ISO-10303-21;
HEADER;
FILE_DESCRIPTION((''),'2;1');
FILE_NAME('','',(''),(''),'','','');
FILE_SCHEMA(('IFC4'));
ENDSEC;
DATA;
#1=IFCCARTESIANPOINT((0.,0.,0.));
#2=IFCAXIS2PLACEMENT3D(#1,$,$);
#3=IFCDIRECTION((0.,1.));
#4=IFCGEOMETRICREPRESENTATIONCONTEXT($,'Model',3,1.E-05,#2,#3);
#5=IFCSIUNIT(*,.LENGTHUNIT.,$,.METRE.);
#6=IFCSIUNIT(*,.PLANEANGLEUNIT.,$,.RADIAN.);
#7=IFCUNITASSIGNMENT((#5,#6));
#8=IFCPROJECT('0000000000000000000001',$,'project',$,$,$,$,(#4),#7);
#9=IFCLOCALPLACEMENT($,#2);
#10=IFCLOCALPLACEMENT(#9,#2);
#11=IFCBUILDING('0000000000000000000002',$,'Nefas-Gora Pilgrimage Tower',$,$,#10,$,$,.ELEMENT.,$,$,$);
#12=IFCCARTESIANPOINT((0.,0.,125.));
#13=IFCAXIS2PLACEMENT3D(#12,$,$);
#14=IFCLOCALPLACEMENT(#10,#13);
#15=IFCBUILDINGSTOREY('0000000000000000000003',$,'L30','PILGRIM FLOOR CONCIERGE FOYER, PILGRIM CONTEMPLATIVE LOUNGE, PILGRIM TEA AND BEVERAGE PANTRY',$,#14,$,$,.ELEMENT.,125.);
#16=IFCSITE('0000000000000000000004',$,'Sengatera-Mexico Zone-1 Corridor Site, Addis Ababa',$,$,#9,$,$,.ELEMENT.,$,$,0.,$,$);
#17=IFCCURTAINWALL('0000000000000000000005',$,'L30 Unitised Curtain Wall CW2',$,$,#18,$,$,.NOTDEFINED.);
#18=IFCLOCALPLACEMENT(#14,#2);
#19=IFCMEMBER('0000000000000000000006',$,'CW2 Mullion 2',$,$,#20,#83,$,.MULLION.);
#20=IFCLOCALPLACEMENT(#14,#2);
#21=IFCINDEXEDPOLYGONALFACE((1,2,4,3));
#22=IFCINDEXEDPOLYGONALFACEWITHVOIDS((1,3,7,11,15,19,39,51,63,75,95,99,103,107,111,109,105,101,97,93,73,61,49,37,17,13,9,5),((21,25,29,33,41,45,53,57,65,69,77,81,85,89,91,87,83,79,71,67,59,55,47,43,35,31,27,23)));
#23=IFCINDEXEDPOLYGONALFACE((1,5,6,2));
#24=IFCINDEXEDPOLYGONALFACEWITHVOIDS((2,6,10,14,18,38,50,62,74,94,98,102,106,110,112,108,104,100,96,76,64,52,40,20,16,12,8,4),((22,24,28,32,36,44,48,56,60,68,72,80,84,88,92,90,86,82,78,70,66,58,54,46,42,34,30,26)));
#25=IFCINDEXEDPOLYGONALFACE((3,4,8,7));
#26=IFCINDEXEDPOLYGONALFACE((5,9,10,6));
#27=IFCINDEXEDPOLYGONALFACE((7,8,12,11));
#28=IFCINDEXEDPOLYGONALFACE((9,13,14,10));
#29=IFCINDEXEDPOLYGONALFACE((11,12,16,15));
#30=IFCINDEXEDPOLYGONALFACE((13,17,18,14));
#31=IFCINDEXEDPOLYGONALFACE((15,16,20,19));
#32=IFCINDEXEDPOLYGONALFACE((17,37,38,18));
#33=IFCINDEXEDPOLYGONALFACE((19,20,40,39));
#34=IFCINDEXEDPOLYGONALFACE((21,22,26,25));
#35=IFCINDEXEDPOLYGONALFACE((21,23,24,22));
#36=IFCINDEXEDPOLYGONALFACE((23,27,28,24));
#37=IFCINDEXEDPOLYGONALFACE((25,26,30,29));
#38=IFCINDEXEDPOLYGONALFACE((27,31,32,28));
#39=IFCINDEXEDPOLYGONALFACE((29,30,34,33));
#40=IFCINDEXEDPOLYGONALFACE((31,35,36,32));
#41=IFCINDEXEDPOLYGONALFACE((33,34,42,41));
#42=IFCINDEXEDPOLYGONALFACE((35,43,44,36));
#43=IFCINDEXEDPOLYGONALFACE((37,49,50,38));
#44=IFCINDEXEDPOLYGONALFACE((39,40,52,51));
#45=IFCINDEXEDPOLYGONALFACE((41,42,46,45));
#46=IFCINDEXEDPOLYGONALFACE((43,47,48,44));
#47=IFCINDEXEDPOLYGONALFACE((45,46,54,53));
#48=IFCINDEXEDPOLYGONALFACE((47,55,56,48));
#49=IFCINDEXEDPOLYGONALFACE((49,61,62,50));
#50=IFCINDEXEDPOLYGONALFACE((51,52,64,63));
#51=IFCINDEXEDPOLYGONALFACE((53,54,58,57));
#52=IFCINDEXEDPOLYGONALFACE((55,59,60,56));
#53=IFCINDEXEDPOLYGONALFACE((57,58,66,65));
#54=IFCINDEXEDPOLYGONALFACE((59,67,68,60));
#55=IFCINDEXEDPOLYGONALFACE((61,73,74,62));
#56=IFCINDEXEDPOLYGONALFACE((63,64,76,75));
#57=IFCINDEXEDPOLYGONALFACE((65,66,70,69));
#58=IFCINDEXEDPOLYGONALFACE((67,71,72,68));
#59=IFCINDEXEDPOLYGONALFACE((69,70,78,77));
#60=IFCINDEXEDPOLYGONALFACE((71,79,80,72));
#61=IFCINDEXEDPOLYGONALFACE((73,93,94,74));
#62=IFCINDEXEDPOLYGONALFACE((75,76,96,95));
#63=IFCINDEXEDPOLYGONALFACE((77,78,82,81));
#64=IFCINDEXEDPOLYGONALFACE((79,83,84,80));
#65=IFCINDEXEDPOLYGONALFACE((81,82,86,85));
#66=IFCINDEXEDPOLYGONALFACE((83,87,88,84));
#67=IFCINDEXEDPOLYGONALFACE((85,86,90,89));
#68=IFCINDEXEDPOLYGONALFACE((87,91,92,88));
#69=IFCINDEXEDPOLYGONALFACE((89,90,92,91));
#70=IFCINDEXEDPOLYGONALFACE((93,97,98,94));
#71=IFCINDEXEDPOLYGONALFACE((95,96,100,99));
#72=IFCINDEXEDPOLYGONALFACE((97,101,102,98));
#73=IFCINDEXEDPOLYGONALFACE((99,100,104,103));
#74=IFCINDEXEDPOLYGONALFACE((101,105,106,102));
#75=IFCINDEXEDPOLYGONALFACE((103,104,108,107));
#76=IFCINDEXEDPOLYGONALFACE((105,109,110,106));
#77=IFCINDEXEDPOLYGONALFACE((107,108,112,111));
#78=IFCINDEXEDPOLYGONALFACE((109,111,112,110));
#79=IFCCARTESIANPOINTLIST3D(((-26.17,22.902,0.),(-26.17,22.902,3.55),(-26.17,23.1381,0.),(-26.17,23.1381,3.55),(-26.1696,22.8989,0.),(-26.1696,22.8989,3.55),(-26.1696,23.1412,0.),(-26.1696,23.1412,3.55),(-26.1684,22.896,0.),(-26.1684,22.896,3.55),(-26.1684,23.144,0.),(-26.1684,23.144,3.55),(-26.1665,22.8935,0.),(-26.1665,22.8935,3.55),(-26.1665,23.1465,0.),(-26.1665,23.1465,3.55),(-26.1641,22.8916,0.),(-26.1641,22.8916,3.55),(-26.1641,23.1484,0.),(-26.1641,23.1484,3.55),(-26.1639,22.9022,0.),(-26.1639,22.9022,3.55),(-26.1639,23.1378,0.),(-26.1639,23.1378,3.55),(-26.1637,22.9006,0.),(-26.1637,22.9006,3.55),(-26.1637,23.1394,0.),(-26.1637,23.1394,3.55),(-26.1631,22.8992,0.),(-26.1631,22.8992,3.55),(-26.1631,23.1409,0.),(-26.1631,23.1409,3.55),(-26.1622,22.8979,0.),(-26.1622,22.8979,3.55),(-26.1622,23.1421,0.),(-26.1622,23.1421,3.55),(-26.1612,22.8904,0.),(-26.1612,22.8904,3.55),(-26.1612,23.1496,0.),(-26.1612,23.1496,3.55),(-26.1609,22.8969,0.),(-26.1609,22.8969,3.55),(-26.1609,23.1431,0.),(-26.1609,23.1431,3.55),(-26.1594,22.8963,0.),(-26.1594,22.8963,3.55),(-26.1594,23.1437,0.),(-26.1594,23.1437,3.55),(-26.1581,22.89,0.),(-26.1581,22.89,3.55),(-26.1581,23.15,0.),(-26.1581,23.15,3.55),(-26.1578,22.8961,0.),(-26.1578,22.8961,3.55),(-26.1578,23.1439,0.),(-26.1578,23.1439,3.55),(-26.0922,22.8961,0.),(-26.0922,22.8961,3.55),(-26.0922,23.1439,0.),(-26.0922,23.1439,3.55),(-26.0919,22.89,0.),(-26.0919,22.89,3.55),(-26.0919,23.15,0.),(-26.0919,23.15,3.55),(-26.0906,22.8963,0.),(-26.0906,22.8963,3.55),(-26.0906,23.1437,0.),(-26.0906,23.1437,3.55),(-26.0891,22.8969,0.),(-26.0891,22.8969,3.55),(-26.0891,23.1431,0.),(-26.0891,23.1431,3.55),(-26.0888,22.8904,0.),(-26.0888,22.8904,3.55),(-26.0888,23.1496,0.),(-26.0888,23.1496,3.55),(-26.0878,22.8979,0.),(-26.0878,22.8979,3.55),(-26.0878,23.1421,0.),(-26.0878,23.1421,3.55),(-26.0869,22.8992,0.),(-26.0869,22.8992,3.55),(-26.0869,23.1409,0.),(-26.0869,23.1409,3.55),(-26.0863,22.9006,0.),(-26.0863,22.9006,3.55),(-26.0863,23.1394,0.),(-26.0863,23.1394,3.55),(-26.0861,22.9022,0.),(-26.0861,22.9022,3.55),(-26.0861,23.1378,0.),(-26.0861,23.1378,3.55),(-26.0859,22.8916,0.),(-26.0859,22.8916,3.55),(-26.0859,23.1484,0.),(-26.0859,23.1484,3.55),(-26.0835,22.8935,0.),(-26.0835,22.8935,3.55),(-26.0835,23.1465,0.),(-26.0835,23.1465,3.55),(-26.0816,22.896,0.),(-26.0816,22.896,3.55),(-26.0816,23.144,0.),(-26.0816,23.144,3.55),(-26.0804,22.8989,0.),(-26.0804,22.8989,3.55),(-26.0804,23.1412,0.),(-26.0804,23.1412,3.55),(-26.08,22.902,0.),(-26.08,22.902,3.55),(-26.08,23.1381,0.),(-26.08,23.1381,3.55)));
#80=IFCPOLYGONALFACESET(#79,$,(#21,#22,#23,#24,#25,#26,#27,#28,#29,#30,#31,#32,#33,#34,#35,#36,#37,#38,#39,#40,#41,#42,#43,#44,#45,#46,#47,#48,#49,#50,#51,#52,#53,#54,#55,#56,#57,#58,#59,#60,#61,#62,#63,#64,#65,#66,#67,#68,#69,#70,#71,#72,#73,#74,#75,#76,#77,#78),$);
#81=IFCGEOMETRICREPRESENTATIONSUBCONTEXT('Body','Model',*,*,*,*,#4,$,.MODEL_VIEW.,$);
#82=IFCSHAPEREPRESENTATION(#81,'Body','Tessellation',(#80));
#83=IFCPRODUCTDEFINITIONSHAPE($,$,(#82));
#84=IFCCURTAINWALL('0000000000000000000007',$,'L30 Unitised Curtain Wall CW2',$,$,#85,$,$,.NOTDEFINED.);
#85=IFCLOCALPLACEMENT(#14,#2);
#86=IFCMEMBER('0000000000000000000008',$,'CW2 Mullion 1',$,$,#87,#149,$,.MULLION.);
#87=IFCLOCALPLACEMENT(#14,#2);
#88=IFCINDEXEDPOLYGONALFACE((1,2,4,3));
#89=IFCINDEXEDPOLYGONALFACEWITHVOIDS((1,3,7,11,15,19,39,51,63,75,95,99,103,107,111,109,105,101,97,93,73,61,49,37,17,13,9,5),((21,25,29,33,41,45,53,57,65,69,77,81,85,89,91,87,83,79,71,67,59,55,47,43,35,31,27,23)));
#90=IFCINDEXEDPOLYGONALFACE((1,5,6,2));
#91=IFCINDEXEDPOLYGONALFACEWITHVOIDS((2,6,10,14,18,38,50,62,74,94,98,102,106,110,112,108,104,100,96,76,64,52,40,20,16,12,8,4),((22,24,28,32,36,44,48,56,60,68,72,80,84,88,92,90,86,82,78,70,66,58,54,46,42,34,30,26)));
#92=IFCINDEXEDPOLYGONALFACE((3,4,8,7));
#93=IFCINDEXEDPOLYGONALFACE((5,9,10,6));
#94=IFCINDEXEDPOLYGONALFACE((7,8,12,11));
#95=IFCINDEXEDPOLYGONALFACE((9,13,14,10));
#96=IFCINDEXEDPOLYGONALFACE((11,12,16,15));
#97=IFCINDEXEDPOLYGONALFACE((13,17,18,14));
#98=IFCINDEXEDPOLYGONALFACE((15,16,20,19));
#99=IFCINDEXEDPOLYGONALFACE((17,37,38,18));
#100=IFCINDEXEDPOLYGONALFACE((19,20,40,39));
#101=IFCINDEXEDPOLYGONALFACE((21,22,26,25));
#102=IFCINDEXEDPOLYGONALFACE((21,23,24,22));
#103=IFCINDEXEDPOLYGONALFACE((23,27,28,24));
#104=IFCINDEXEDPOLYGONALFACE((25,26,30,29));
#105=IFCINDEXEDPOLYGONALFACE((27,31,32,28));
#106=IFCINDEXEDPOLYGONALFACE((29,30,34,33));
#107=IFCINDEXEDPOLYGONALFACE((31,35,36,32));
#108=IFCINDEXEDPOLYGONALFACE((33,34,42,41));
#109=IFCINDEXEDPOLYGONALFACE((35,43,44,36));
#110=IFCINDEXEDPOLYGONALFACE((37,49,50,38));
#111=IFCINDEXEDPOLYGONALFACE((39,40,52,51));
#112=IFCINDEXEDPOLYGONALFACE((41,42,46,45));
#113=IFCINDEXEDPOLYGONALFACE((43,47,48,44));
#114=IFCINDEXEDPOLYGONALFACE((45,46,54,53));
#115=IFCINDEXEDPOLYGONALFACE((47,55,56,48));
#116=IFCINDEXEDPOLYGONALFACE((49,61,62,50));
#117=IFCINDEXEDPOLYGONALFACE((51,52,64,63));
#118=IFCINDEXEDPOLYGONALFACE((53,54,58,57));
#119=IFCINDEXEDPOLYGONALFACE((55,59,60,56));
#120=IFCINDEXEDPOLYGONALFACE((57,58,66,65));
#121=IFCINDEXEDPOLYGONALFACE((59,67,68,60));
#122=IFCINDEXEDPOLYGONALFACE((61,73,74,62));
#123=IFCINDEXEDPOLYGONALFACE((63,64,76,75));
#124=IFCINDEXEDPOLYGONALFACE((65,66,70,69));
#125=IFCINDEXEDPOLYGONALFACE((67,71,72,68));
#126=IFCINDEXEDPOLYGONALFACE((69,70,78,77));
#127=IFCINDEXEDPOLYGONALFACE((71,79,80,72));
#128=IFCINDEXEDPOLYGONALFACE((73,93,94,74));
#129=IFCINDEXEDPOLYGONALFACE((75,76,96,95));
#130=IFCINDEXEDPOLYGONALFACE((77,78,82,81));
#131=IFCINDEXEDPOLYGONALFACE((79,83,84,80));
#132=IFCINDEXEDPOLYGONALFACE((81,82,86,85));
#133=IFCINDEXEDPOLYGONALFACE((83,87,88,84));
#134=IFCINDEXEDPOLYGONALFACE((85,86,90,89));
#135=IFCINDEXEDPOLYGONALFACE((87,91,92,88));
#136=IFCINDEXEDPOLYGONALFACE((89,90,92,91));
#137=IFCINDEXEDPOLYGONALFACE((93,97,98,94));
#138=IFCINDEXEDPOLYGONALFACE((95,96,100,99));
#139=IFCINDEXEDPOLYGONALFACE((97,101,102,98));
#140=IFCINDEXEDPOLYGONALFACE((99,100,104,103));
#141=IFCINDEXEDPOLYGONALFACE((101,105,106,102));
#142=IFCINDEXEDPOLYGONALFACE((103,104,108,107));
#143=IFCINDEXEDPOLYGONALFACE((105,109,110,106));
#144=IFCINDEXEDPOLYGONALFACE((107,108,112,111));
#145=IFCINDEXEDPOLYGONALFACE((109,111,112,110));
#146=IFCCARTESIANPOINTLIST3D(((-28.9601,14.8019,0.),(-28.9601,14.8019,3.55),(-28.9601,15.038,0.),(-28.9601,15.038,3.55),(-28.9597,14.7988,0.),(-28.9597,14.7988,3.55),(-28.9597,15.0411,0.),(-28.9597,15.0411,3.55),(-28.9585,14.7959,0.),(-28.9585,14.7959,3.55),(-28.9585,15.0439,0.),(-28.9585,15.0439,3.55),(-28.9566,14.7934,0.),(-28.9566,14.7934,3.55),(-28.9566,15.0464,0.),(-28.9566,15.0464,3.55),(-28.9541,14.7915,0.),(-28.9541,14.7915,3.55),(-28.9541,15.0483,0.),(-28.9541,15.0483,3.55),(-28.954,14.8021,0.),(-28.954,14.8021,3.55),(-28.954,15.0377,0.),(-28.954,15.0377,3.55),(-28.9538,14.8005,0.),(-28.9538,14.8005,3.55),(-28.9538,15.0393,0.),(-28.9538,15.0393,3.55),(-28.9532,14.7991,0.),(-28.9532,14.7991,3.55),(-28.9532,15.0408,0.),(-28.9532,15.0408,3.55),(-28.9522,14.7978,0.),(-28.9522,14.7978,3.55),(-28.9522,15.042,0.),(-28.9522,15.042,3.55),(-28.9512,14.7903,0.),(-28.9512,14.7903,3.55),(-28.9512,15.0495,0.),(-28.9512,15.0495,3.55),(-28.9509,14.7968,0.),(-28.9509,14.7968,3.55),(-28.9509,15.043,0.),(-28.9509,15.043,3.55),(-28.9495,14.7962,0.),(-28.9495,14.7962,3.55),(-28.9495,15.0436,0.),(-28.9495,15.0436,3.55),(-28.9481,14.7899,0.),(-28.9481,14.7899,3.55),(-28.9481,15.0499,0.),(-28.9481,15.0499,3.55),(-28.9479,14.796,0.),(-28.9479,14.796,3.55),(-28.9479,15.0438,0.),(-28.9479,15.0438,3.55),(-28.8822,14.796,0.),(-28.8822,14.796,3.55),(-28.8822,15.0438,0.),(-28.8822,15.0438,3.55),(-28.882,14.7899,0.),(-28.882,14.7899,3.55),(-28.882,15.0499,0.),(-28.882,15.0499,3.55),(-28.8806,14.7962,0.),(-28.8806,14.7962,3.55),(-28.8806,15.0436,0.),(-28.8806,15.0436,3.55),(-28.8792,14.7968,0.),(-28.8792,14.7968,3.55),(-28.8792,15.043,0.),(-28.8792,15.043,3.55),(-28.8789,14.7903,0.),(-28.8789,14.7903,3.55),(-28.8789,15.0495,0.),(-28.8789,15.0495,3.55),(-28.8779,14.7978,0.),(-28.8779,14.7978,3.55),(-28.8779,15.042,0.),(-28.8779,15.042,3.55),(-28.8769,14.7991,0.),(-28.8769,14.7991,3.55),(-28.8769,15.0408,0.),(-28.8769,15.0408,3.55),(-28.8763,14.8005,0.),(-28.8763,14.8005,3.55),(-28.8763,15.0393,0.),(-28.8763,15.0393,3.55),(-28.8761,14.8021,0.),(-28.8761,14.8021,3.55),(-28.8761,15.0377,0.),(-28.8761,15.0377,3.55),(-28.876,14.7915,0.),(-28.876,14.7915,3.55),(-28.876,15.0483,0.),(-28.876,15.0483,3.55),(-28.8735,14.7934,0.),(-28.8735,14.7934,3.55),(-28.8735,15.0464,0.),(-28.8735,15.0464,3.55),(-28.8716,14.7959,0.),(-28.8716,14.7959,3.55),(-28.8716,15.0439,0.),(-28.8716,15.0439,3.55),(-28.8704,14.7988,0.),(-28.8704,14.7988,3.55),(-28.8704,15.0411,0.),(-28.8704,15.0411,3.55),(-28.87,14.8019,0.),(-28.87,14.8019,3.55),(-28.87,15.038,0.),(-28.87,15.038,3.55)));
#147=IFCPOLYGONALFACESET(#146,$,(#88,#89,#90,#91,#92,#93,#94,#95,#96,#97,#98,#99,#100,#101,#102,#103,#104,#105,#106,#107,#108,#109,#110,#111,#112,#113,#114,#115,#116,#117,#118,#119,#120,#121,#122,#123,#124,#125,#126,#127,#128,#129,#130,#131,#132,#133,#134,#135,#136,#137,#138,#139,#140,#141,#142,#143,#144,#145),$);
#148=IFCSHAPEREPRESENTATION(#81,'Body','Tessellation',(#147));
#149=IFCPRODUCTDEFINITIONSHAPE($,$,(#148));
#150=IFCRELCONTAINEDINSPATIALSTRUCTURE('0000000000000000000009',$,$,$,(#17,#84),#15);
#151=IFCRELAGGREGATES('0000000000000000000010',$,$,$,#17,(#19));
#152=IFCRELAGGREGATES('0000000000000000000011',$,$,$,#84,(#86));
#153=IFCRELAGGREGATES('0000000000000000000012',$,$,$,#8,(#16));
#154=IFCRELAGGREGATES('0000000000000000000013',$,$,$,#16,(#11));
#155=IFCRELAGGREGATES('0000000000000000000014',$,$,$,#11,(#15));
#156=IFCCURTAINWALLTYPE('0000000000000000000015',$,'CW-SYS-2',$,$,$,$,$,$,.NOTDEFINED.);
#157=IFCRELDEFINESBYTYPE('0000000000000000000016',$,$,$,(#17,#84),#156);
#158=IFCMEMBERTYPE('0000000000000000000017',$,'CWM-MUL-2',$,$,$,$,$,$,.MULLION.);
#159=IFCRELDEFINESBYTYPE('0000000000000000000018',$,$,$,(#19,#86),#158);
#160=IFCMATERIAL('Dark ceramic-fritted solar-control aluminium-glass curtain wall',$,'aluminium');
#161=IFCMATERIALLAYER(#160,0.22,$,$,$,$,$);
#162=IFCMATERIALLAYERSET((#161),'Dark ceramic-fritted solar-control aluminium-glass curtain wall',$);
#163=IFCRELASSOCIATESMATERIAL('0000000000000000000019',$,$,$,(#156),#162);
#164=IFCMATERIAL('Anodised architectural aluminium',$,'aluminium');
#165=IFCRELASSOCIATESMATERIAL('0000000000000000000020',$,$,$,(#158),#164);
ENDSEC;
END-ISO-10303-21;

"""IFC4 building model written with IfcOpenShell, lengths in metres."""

from ifc_helpers import new_model, si_unit, direction, frame, origin, origin_2d, place, context, subcontext, project, spatial, hollow_rectangle, extrude, source, transform, mapped, material, layer, layer_set, material_profile, profile_set, type_object, element, aggregate, save


model = new_model("IFC4")

# Units and contexts
model_context = context("Model", 3, precision=1e-05, world=origin(), true_north=direction((0.0, 1.0)))
body_context = subcontext(model_context, "Body", "Model", "MODEL_VIEW")
ifc_project = project(units=[si_unit("LENGTHUNIT", "METRE"), si_unit("PLANEANGLEUNIT", "RADIAN")], contexts=[model_context])

# Site, building, storey
site_placement = place(None, origin())
site = spatial("IfcSite", under=ifc_project, at=site_placement, Name="Sengatera-Mexico Zone-1 Corridor Site, Addis Ababa", CompositionType="ELEMENT", RefElevation=0.0)
building_placement = place(site_placement, origin())
building = spatial("IfcBuilding", under=site, at=building_placement, Name="Nefas-Gora Pilgrimage Tower", CompositionType="ELEMENT")
storey_placement = place(building_placement, frame((0.0, 0.0, 125.0)))
storey = spatial("IfcBuildingStorey", under=building, at=storey_placement, Name="L30", Description="PILGRIM FLOOR CONCIERGE FOYER, PILGRIM CONTEMPLATIVE LOUNGE, PILGRIM TEA AND BEVERAGE PANTRY", CompositionType="ELEMENT", Elevation=125.0)

# Curtain wall, member
ifc_material_1 = material(Name="Dark ceramic-fritted solar-control aluminium-glass curtain wall", Category="aluminium")
ifc_layer_1 = layer(ifc_material_1, 0.22)
ifc_layer_set_1 = layer_set([ifc_layer_1], Name="Dark ceramic-fritted solar-control aluminium-glass curtain wall")
curtain_wall_type = type_object("IfcCurtainWallType", Name="CW-SYS-2", PredefinedType="NOTDEFINED", material=ifc_layer_set_1)
curtain_wall_1_placement = place(storey_placement, origin())
curtain_wall_1 = element("IfcCurtainWall", 1, at=curtain_wall_1_placement, inside=storey, type_object=curtain_wall_type, Name="L30 Unitised Curtain Wall CW2", PredefinedType="NOTDEFINED")
ifc_material_2 = material(Name="Anodised architectural aluminium", Category="aluminium")
ifc_material_profile_1 = material_profile(ifc_material_2, hollow_rectangle(XDim=0.0901, YDim=0.26, WallThickness=0.0061, InnerFilletRadius=0.0061, OuterFilletRadius=0.012, at=origin_2d()), Name="ALU MULLION 90x260")
ifc_profile_set_1 = profile_set([ifc_material_profile_1], Name="Anodised architectural aluminium")
member_type_1 = type_object("IfcMemberType", Name="CWM-MUL-2", PredefinedType="MULLION", material=ifc_profile_set_1)
shared_shape_1 = source(origin(), body_context, "Body", "SweptSolid", [
    extrude(hollow_rectangle(XDim=0.0901, YDim=0.26, WallThickness=0.0061, InnerFilletRadius=0.0061, OuterFilletRadius=0.012, at=origin_2d()), origin(), (0.0, 0.0, 1.0), 3.55),
])
member_1_placement = place(storey_placement, frame((-26.125, 23.02, 0.0), z_axis=(0.0, 0.0, 1.0), x_axis=(-1.0, 0.0, 0.0)))
member_1 = element("IfcMember", 2, at=member_1_placement, type_object=member_type_1, Name="CW2 Mullion 2", PredefinedType="MULLION", context=body_context, shape_type="MappedRepresentation", body=[
    mapped(shared_shape_1, transform((0.0, 0.0, 0.0), x_axis=(1.0, 0.0, 0.0), y_axis=(0.0, 1.0, 0.0), z_axis=(0.0, 0.0, 1.0), scale=1.0)),
])
aggregate(curtain_wall_1, [member_1])

# Curtain wall, member
curtain_wall_2_placement = place(storey_placement, origin())
curtain_wall_2 = element("IfcCurtainWall", 3, at=curtain_wall_2_placement, inside=storey, type_object=curtain_wall_type, Name="L30 Unitised Curtain Wall CW2", PredefinedType="NOTDEFINED")
member_2_placement = place(storey_placement, frame((-28.915, 14.9199, 0.0), z_axis=(0.0, 0.0, 1.0), x_axis=(-1.0, 0.0, 0.0)))
member_2 = element("IfcMember", 4, at=member_2_placement, type_object=member_type_1, Name="CW2 Mullion 1", PredefinedType="MULLION", context=body_context, shape_type="MappedRepresentation", body=[
    mapped(shared_shape_1, transform((0.0, 0.0, 0.0), x_axis=(1.0, 0.0, 0.0), y_axis=(0.0, 1.0, 0.0), z_axis=(0.0, 0.0, 1.0), scale=1.0)),
])

aggregate(curtain_wall_2, [member_2])

save(model, "model.ifc")
